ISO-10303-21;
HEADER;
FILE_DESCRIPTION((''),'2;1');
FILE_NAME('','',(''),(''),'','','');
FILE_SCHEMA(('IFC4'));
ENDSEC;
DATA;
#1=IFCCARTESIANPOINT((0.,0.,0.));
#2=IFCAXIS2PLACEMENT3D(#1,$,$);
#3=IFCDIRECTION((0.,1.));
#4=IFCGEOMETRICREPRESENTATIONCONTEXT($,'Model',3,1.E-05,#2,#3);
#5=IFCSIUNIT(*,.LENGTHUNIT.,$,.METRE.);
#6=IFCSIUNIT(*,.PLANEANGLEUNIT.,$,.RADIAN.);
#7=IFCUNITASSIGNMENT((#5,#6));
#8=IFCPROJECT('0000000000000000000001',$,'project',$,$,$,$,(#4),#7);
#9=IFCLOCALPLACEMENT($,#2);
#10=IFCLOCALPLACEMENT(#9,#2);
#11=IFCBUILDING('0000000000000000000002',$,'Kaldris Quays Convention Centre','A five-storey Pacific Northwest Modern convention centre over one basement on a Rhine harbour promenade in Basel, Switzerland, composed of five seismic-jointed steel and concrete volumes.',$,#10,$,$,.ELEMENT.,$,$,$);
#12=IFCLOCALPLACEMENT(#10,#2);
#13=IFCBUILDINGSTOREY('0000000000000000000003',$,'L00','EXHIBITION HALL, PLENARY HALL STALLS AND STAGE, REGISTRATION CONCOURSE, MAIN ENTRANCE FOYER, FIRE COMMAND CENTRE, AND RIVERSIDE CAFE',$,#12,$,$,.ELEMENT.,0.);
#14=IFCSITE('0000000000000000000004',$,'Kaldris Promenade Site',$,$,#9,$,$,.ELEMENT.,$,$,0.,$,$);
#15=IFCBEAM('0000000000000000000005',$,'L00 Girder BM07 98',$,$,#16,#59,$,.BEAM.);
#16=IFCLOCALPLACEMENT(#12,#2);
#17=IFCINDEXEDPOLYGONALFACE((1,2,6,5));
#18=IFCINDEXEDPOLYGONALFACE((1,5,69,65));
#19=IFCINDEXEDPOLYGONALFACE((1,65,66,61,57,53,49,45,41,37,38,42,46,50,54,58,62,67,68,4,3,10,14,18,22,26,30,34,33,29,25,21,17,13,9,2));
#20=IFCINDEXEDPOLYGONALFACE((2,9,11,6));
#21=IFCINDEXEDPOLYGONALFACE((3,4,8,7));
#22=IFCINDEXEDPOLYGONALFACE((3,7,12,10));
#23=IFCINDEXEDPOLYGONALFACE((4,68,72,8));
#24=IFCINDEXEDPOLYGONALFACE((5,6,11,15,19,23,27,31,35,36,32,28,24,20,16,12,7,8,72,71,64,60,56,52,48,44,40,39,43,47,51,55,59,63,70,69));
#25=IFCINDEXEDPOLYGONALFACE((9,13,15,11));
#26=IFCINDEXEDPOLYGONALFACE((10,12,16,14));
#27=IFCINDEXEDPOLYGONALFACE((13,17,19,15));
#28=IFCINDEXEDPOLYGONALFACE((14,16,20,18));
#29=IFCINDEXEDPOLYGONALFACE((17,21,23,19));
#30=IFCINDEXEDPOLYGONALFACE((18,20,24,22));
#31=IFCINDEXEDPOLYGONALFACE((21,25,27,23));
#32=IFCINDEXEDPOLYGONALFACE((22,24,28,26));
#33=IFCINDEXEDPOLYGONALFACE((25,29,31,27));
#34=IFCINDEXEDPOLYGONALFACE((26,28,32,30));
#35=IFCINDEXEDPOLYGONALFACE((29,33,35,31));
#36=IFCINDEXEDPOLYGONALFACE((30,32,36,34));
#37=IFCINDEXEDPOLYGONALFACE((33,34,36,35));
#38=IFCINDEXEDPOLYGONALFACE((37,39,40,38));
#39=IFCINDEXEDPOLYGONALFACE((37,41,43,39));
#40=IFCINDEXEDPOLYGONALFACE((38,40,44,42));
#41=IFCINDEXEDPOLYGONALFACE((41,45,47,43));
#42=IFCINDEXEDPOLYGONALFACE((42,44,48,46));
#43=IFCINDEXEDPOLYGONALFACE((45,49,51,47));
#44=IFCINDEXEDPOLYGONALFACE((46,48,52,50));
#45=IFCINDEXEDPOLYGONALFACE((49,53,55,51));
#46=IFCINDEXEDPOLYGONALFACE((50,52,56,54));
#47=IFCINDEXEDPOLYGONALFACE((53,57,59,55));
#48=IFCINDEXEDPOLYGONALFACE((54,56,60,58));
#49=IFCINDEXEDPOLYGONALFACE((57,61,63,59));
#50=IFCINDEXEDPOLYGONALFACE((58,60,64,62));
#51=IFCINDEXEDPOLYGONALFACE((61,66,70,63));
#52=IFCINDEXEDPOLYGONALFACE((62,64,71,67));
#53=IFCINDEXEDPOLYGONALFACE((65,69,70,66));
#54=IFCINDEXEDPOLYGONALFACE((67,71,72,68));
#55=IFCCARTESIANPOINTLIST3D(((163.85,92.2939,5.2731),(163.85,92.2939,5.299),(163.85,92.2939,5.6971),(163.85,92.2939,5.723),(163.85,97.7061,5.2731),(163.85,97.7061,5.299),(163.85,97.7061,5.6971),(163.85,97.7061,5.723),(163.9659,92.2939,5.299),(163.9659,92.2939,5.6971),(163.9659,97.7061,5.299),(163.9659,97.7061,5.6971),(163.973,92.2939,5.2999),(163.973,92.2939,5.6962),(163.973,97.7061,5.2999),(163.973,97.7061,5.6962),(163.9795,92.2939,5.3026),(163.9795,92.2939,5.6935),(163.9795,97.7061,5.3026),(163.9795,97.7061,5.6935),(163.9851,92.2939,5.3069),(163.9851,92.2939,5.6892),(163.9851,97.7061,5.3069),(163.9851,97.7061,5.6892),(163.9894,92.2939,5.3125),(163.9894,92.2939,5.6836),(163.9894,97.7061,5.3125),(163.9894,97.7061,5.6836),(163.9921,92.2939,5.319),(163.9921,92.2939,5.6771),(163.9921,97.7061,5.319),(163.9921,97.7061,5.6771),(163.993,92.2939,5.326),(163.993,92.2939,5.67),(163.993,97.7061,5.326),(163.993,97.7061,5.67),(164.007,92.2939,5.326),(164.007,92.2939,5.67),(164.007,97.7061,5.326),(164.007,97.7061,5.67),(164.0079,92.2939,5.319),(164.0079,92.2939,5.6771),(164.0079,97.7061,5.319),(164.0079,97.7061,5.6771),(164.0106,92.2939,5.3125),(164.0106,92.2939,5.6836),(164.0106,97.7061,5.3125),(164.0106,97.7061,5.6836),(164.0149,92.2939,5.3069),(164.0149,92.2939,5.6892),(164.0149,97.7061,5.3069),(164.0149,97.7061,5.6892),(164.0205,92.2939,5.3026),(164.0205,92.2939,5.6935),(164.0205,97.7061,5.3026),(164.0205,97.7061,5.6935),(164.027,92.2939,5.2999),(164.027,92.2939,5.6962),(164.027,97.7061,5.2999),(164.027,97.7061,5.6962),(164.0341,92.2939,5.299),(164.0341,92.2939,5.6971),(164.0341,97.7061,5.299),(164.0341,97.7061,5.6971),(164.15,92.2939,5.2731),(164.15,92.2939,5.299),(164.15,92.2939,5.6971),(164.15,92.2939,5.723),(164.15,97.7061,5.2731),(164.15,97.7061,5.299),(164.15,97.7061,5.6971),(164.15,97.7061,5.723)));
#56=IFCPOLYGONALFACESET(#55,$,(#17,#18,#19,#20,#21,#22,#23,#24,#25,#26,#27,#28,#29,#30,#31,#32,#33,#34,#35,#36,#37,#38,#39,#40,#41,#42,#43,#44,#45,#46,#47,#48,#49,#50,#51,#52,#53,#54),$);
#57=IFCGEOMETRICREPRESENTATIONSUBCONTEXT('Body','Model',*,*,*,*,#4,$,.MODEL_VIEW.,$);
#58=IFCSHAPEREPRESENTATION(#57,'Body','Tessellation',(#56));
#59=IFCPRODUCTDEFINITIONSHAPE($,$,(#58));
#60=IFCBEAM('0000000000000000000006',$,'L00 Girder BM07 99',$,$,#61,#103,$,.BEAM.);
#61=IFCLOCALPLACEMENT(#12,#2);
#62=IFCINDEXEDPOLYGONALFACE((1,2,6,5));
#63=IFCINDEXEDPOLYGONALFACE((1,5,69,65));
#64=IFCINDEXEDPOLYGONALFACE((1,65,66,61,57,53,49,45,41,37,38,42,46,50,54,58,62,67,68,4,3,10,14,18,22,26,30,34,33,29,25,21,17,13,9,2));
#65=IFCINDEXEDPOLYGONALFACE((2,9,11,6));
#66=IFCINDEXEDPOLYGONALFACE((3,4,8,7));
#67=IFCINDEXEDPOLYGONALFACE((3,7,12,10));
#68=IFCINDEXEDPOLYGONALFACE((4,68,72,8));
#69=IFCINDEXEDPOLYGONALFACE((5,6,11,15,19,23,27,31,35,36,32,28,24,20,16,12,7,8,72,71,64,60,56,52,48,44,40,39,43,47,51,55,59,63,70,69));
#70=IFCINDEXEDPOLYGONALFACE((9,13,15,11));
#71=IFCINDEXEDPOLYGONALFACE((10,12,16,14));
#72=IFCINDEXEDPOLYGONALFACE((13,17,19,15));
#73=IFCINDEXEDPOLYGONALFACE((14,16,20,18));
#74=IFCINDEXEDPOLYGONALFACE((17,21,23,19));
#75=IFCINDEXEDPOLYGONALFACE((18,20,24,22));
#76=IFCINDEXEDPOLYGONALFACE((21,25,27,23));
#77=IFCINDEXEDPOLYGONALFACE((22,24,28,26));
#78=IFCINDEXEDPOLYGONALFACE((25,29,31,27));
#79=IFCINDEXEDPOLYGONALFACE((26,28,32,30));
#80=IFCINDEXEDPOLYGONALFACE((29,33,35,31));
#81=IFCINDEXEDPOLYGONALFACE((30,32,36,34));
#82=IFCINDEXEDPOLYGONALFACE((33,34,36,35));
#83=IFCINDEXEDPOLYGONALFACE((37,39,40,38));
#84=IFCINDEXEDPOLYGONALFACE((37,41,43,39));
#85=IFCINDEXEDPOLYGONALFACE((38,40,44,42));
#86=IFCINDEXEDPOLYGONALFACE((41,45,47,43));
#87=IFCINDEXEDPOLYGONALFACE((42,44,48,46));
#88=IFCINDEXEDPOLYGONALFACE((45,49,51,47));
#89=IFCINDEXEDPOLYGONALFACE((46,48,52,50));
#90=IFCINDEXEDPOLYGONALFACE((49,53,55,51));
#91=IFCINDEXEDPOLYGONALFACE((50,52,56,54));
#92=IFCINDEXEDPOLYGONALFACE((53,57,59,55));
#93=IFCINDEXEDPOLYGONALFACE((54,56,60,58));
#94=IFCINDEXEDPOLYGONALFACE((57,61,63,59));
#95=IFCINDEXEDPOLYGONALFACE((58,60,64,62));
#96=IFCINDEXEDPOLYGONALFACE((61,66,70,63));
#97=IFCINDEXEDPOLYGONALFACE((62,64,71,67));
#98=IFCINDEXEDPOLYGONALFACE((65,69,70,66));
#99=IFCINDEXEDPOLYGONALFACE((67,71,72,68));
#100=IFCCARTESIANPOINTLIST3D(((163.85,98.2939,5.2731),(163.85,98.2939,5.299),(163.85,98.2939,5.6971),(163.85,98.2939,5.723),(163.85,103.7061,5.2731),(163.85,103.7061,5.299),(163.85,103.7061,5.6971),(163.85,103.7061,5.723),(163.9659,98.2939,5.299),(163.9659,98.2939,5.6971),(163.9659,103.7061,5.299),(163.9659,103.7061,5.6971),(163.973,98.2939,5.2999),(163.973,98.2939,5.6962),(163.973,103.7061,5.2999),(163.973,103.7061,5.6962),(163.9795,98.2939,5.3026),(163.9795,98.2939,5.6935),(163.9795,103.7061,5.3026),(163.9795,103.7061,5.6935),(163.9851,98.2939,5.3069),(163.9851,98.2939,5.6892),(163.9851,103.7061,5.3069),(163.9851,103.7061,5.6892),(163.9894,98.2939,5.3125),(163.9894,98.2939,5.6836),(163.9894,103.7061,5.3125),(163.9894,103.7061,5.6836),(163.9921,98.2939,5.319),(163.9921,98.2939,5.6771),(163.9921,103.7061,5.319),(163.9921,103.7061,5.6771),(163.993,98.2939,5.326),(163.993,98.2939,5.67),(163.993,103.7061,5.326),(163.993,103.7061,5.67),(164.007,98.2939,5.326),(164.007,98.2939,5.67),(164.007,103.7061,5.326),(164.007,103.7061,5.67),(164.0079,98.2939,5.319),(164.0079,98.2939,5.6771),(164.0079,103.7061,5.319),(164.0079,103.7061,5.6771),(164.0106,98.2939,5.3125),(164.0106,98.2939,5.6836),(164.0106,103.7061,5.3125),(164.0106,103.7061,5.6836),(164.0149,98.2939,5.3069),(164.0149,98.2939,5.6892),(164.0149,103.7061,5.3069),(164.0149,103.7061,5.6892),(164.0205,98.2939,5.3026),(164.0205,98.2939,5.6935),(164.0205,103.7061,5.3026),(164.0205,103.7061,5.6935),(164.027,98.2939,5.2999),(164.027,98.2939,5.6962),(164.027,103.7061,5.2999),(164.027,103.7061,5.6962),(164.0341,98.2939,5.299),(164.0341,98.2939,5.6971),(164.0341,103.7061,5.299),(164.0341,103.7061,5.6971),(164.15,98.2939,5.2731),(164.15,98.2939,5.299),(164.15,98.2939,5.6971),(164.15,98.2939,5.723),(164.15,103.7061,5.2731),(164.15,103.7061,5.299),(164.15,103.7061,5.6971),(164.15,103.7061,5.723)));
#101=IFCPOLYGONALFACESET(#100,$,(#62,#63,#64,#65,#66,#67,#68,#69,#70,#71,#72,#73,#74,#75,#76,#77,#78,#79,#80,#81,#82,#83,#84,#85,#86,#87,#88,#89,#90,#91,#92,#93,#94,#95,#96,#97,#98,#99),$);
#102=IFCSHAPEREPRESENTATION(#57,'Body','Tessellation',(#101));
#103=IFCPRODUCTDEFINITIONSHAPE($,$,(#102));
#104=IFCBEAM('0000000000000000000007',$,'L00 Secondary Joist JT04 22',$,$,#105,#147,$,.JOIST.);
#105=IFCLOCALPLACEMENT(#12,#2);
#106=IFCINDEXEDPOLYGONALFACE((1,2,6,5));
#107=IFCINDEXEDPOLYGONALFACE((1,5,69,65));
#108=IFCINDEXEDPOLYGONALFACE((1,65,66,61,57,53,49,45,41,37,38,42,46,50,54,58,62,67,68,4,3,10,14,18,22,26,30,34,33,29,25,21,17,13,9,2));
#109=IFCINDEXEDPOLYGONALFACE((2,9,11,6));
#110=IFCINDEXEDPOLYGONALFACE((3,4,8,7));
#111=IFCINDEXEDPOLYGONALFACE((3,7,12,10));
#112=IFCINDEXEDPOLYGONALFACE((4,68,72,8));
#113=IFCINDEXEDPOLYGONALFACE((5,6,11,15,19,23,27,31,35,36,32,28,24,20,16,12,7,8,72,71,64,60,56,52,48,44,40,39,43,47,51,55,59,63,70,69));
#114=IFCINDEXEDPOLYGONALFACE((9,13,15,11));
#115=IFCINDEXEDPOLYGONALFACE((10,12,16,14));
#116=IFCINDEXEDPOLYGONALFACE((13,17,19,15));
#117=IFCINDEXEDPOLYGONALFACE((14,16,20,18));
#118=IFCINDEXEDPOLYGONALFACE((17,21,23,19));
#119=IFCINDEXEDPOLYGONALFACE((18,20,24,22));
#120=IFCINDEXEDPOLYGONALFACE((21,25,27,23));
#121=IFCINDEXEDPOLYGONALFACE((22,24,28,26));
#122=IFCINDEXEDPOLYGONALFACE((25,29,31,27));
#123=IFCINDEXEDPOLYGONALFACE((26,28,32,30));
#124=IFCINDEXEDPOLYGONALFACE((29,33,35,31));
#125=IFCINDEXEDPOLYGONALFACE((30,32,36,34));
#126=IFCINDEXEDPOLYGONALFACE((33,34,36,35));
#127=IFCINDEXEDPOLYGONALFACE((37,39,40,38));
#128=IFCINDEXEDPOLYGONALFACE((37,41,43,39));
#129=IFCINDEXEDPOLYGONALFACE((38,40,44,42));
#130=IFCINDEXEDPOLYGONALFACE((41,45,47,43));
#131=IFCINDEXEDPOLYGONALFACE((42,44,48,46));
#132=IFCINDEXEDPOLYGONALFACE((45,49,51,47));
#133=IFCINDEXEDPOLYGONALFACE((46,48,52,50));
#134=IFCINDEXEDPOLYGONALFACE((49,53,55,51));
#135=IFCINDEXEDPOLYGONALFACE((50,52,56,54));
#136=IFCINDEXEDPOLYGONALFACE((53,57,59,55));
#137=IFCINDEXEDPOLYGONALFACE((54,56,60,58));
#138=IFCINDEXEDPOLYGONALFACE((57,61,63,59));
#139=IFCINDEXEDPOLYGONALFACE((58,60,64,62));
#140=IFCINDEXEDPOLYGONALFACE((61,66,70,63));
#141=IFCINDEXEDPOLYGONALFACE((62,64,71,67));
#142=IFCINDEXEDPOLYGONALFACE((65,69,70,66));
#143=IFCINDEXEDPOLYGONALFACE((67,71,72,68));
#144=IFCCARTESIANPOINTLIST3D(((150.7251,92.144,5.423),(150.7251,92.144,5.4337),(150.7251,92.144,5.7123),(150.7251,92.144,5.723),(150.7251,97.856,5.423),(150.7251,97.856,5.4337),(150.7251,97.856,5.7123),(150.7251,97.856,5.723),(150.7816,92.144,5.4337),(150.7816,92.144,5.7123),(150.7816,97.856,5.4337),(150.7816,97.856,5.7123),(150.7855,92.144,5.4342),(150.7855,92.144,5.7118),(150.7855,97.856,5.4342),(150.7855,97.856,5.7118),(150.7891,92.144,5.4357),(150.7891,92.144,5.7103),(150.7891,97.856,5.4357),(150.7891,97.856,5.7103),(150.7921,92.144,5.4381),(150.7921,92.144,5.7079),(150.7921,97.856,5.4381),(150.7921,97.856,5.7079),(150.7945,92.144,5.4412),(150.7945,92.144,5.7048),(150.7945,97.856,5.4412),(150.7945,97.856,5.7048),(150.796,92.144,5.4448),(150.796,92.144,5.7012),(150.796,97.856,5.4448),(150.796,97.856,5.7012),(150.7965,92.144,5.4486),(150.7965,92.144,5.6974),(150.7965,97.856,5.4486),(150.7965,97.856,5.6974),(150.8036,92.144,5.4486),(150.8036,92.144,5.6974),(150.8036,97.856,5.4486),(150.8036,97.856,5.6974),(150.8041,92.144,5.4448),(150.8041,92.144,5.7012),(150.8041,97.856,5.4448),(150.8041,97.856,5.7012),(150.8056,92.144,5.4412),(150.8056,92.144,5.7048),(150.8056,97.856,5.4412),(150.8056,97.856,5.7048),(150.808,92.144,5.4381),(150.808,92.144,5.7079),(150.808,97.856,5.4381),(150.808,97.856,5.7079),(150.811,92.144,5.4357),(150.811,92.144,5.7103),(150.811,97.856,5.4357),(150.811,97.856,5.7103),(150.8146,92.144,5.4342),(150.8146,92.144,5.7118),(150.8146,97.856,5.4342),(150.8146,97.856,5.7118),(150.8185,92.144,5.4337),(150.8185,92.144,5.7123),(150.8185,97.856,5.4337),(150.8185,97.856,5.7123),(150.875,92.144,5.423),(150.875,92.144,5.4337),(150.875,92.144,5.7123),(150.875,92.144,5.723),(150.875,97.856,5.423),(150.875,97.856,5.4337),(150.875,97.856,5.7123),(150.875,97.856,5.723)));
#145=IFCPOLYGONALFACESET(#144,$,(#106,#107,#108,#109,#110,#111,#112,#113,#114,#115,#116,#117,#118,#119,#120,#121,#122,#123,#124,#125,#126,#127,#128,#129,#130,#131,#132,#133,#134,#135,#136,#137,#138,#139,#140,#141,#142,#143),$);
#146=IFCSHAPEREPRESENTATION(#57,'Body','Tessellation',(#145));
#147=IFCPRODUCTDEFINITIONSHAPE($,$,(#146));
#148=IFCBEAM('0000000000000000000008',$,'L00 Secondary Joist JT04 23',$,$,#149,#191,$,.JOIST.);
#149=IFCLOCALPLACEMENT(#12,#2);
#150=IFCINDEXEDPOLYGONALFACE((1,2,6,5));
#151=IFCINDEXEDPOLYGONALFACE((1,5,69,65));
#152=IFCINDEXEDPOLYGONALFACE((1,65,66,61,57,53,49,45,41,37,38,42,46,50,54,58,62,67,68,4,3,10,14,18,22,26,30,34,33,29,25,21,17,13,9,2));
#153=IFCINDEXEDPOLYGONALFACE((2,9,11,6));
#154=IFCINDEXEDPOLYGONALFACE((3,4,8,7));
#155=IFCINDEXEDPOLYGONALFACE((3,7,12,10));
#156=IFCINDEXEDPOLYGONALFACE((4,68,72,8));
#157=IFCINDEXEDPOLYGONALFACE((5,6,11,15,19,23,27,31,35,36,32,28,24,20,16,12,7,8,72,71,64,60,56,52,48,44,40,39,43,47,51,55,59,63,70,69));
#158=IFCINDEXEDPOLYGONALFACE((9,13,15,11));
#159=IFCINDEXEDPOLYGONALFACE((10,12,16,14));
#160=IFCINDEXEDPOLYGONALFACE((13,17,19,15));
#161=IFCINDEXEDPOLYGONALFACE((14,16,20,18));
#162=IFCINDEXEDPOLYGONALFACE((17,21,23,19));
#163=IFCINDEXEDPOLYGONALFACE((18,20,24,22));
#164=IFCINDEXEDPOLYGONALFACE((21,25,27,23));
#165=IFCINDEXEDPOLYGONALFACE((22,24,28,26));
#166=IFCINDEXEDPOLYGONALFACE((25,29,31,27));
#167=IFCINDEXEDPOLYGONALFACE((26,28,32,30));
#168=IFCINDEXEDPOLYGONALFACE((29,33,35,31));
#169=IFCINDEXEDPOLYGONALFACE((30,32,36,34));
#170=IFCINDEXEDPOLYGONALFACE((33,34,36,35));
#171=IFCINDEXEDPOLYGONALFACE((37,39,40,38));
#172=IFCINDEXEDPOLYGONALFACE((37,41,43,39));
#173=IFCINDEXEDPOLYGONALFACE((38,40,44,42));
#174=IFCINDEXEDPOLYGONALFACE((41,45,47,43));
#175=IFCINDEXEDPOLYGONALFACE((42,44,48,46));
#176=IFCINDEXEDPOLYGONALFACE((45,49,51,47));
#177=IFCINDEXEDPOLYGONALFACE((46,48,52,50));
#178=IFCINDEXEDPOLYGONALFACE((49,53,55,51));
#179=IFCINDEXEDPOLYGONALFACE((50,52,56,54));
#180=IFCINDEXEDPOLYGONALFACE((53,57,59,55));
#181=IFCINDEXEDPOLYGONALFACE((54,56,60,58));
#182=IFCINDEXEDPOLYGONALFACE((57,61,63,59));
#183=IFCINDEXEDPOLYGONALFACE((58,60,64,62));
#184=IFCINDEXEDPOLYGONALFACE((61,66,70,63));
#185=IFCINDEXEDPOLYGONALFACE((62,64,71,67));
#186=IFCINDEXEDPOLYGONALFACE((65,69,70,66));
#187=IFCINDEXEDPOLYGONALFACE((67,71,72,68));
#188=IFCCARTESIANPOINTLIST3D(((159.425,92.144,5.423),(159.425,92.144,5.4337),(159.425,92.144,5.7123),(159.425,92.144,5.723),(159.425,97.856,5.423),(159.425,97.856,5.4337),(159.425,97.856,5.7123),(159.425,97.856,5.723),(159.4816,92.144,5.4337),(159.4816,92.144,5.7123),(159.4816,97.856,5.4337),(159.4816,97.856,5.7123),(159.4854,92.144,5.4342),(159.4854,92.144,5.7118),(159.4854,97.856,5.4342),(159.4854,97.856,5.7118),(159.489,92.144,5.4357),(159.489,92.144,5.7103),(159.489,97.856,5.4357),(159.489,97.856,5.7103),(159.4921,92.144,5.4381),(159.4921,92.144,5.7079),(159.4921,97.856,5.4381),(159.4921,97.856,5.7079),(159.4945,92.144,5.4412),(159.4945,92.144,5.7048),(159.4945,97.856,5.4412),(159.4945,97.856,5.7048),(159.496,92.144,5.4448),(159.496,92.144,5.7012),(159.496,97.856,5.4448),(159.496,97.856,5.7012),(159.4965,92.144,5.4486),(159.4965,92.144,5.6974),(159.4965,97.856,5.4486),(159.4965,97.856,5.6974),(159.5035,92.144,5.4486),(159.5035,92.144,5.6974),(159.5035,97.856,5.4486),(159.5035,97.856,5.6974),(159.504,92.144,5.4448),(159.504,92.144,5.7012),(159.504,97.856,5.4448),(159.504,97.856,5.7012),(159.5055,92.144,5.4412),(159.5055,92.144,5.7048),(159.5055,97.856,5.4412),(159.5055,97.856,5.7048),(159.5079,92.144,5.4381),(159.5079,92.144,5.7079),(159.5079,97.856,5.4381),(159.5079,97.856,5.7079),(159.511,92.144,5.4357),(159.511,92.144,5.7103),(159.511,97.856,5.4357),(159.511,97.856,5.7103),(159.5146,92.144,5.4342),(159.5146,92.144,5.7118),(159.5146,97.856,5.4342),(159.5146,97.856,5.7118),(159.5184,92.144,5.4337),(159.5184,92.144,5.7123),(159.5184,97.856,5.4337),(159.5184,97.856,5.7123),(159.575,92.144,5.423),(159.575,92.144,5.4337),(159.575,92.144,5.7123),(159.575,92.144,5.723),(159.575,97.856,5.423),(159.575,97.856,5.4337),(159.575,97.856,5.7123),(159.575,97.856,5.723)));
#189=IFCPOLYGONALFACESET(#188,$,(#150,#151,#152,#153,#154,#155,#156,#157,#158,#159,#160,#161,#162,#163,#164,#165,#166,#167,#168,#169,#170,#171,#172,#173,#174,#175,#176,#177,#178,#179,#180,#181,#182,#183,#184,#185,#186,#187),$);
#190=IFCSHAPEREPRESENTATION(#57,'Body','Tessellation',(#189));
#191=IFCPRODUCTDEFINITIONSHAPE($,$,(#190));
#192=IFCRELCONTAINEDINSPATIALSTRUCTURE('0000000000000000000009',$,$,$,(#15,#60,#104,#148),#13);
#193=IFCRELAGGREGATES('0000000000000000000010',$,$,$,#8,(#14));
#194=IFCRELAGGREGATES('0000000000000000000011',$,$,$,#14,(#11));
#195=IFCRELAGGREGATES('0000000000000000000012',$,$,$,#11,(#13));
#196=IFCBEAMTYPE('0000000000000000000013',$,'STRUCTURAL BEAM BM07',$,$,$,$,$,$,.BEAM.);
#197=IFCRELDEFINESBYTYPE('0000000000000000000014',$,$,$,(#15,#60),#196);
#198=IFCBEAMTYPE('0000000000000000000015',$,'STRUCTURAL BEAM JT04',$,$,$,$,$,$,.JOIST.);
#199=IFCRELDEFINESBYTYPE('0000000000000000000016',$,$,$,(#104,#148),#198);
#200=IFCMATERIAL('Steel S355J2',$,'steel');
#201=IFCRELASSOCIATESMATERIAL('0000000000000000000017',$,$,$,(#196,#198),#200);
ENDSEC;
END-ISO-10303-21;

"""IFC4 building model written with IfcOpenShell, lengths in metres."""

from ifc_helpers import new_model, si_unit, direction, frame, origin, origin_2d, place, context, subcontext, project, spatial, i_section, extrude, material, material_profile, profile_set, type_object, element, save


model = new_model("IFC4")

# Units and contexts
model_context = context("Model", 3, precision=1e-05, world=origin(), true_north=direction((0.0, 1.0)))
body_context = subcontext(model_context, "Body", "Model", "MODEL_VIEW")
ifc_project = project(units=[si_unit("LENGTHUNIT", "METRE"), si_unit("PLANEANGLEUNIT", "RADIAN")], contexts=[model_context])

# Site, building, storey
site_placement = place(None, origin())
site = spatial("IfcSite", under=ifc_project, at=site_placement, Name="Kaldris Promenade Site", CompositionType="ELEMENT", RefElevation=0.0)
building_placement = place(site_placement, origin())
building = spatial("IfcBuilding", under=site, at=building_placement, Name="Kaldris Quays Convention Centre", Description="A five-storey Pacific Northwest Modern convention centre over one basement on a Rhine harbour promenade in Basel, Switzerland, composed of five seismic-jointed steel and concrete volumes.", CompositionType="ELEMENT")
storey_placement = place(building_placement, origin())
storey = spatial("IfcBuildingStorey", under=building, at=storey_placement, Name="L00", Description="EXHIBITION HALL, PLENARY HALL STALLS AND STAGE, REGISTRATION CONCOURSE, MAIN ENTRANCE FOYER, FIRE COMMAND CENTRE, AND RIVERSIDE CAFE", CompositionType="ELEMENT", Elevation=0.0)

# Shared definitions
ifc_material_1 = material(Name="Steel S355J2", Category="steel")

# Beams
ifc_material_profile_1 = material_profile(ifc_material_1, i_section(OverallWidth=0.3, OverallDepth=0.45, WebThickness=0.0139, FlangeThickness=0.0259, FilletRadius=0.0271, at=origin_2d()), Name="HEB 450")
ifc_profile_set_1 = profile_set([ifc_material_profile_1], Name="Steel S355J2")
beam_type_1 = type_object("IfcBeamType", Name="STRUCTURAL BEAM BM07", PredefinedType="BEAM", material=ifc_profile_set_1)
for number, where, z_axis, x_axis, name in (
    (1, (164.0, 92.2939, 5.498), (0.0, 1.0, 0.0), (-1.0, 0.0, 0.0), "L00 Girder BM07 98"),
    (2, (164.0, 98.2939, 5.498), (0.0, 1.0, 0.0), (-1.0, 0.0, 0.0), "L00 Girder BM07 99"),
):
    element("IfcBeam", number, at=place(storey_placement, frame(where, z_axis=z_axis, x_axis=x_axis)), inside=storey, type_object=beam_type_1, Name=name, PredefinedType="BEAM", context=body_context, shape_type="SweptSolid", body=[
        extrude(i_section(OverallWidth=0.3, OverallDepth=0.45, WebThickness=0.0139, FlangeThickness=0.0259, FilletRadius=0.0271, at=origin_2d()), origin(), (0.0, 0.0, 1.0), 5.4121),
    ])
ifc_material_profile_2 = material_profile(ifc_material_1, i_section(OverallWidth=0.1499, OverallDepth=0.3, WebThickness=0.0071, FlangeThickness=0.0107, FilletRadius=0.0149, at=origin_2d()), Name="IPE 300")
ifc_profile_set_2 = profile_set([ifc_material_profile_2], Name="Steel S355J2")
beam_type_2 = type_object("IfcBeamType", Name="STRUCTURAL BEAM JT04", PredefinedType="JOIST", material=ifc_profile_set_2)
for number, where, z_axis, x_axis, name in (
    (3, (150.8, 92.144, 5.573), (0.0, 1.0, 0.0), (-1.0, 0.0, 0.0), "L00 Secondary Joist JT04 22"),
    (4, (159.5, 92.144, 5.573), (0.0, 1.0, 0.0), (-1.0, 0.0, 0.0), "L00 Secondary Joist JT04 23"),
):
    element("IfcBeam", number, at=place(storey_placement, frame(where, z_axis=z_axis, x_axis=x_axis)), inside=storey, type_object=beam_type_2, Name=name, PredefinedType="JOIST", context=body_context, shape_type="SweptSolid", body=[
        extrude(i_section(OverallWidth=0.1499, OverallDepth=0.3, WebThickness=0.0071, FlangeThickness=0.0107, FilletRadius=0.0149, at=origin_2d()), origin(), (0.0, 0.0, 1.0), 5.7119),
    ])

save(model, "model.ifc")
